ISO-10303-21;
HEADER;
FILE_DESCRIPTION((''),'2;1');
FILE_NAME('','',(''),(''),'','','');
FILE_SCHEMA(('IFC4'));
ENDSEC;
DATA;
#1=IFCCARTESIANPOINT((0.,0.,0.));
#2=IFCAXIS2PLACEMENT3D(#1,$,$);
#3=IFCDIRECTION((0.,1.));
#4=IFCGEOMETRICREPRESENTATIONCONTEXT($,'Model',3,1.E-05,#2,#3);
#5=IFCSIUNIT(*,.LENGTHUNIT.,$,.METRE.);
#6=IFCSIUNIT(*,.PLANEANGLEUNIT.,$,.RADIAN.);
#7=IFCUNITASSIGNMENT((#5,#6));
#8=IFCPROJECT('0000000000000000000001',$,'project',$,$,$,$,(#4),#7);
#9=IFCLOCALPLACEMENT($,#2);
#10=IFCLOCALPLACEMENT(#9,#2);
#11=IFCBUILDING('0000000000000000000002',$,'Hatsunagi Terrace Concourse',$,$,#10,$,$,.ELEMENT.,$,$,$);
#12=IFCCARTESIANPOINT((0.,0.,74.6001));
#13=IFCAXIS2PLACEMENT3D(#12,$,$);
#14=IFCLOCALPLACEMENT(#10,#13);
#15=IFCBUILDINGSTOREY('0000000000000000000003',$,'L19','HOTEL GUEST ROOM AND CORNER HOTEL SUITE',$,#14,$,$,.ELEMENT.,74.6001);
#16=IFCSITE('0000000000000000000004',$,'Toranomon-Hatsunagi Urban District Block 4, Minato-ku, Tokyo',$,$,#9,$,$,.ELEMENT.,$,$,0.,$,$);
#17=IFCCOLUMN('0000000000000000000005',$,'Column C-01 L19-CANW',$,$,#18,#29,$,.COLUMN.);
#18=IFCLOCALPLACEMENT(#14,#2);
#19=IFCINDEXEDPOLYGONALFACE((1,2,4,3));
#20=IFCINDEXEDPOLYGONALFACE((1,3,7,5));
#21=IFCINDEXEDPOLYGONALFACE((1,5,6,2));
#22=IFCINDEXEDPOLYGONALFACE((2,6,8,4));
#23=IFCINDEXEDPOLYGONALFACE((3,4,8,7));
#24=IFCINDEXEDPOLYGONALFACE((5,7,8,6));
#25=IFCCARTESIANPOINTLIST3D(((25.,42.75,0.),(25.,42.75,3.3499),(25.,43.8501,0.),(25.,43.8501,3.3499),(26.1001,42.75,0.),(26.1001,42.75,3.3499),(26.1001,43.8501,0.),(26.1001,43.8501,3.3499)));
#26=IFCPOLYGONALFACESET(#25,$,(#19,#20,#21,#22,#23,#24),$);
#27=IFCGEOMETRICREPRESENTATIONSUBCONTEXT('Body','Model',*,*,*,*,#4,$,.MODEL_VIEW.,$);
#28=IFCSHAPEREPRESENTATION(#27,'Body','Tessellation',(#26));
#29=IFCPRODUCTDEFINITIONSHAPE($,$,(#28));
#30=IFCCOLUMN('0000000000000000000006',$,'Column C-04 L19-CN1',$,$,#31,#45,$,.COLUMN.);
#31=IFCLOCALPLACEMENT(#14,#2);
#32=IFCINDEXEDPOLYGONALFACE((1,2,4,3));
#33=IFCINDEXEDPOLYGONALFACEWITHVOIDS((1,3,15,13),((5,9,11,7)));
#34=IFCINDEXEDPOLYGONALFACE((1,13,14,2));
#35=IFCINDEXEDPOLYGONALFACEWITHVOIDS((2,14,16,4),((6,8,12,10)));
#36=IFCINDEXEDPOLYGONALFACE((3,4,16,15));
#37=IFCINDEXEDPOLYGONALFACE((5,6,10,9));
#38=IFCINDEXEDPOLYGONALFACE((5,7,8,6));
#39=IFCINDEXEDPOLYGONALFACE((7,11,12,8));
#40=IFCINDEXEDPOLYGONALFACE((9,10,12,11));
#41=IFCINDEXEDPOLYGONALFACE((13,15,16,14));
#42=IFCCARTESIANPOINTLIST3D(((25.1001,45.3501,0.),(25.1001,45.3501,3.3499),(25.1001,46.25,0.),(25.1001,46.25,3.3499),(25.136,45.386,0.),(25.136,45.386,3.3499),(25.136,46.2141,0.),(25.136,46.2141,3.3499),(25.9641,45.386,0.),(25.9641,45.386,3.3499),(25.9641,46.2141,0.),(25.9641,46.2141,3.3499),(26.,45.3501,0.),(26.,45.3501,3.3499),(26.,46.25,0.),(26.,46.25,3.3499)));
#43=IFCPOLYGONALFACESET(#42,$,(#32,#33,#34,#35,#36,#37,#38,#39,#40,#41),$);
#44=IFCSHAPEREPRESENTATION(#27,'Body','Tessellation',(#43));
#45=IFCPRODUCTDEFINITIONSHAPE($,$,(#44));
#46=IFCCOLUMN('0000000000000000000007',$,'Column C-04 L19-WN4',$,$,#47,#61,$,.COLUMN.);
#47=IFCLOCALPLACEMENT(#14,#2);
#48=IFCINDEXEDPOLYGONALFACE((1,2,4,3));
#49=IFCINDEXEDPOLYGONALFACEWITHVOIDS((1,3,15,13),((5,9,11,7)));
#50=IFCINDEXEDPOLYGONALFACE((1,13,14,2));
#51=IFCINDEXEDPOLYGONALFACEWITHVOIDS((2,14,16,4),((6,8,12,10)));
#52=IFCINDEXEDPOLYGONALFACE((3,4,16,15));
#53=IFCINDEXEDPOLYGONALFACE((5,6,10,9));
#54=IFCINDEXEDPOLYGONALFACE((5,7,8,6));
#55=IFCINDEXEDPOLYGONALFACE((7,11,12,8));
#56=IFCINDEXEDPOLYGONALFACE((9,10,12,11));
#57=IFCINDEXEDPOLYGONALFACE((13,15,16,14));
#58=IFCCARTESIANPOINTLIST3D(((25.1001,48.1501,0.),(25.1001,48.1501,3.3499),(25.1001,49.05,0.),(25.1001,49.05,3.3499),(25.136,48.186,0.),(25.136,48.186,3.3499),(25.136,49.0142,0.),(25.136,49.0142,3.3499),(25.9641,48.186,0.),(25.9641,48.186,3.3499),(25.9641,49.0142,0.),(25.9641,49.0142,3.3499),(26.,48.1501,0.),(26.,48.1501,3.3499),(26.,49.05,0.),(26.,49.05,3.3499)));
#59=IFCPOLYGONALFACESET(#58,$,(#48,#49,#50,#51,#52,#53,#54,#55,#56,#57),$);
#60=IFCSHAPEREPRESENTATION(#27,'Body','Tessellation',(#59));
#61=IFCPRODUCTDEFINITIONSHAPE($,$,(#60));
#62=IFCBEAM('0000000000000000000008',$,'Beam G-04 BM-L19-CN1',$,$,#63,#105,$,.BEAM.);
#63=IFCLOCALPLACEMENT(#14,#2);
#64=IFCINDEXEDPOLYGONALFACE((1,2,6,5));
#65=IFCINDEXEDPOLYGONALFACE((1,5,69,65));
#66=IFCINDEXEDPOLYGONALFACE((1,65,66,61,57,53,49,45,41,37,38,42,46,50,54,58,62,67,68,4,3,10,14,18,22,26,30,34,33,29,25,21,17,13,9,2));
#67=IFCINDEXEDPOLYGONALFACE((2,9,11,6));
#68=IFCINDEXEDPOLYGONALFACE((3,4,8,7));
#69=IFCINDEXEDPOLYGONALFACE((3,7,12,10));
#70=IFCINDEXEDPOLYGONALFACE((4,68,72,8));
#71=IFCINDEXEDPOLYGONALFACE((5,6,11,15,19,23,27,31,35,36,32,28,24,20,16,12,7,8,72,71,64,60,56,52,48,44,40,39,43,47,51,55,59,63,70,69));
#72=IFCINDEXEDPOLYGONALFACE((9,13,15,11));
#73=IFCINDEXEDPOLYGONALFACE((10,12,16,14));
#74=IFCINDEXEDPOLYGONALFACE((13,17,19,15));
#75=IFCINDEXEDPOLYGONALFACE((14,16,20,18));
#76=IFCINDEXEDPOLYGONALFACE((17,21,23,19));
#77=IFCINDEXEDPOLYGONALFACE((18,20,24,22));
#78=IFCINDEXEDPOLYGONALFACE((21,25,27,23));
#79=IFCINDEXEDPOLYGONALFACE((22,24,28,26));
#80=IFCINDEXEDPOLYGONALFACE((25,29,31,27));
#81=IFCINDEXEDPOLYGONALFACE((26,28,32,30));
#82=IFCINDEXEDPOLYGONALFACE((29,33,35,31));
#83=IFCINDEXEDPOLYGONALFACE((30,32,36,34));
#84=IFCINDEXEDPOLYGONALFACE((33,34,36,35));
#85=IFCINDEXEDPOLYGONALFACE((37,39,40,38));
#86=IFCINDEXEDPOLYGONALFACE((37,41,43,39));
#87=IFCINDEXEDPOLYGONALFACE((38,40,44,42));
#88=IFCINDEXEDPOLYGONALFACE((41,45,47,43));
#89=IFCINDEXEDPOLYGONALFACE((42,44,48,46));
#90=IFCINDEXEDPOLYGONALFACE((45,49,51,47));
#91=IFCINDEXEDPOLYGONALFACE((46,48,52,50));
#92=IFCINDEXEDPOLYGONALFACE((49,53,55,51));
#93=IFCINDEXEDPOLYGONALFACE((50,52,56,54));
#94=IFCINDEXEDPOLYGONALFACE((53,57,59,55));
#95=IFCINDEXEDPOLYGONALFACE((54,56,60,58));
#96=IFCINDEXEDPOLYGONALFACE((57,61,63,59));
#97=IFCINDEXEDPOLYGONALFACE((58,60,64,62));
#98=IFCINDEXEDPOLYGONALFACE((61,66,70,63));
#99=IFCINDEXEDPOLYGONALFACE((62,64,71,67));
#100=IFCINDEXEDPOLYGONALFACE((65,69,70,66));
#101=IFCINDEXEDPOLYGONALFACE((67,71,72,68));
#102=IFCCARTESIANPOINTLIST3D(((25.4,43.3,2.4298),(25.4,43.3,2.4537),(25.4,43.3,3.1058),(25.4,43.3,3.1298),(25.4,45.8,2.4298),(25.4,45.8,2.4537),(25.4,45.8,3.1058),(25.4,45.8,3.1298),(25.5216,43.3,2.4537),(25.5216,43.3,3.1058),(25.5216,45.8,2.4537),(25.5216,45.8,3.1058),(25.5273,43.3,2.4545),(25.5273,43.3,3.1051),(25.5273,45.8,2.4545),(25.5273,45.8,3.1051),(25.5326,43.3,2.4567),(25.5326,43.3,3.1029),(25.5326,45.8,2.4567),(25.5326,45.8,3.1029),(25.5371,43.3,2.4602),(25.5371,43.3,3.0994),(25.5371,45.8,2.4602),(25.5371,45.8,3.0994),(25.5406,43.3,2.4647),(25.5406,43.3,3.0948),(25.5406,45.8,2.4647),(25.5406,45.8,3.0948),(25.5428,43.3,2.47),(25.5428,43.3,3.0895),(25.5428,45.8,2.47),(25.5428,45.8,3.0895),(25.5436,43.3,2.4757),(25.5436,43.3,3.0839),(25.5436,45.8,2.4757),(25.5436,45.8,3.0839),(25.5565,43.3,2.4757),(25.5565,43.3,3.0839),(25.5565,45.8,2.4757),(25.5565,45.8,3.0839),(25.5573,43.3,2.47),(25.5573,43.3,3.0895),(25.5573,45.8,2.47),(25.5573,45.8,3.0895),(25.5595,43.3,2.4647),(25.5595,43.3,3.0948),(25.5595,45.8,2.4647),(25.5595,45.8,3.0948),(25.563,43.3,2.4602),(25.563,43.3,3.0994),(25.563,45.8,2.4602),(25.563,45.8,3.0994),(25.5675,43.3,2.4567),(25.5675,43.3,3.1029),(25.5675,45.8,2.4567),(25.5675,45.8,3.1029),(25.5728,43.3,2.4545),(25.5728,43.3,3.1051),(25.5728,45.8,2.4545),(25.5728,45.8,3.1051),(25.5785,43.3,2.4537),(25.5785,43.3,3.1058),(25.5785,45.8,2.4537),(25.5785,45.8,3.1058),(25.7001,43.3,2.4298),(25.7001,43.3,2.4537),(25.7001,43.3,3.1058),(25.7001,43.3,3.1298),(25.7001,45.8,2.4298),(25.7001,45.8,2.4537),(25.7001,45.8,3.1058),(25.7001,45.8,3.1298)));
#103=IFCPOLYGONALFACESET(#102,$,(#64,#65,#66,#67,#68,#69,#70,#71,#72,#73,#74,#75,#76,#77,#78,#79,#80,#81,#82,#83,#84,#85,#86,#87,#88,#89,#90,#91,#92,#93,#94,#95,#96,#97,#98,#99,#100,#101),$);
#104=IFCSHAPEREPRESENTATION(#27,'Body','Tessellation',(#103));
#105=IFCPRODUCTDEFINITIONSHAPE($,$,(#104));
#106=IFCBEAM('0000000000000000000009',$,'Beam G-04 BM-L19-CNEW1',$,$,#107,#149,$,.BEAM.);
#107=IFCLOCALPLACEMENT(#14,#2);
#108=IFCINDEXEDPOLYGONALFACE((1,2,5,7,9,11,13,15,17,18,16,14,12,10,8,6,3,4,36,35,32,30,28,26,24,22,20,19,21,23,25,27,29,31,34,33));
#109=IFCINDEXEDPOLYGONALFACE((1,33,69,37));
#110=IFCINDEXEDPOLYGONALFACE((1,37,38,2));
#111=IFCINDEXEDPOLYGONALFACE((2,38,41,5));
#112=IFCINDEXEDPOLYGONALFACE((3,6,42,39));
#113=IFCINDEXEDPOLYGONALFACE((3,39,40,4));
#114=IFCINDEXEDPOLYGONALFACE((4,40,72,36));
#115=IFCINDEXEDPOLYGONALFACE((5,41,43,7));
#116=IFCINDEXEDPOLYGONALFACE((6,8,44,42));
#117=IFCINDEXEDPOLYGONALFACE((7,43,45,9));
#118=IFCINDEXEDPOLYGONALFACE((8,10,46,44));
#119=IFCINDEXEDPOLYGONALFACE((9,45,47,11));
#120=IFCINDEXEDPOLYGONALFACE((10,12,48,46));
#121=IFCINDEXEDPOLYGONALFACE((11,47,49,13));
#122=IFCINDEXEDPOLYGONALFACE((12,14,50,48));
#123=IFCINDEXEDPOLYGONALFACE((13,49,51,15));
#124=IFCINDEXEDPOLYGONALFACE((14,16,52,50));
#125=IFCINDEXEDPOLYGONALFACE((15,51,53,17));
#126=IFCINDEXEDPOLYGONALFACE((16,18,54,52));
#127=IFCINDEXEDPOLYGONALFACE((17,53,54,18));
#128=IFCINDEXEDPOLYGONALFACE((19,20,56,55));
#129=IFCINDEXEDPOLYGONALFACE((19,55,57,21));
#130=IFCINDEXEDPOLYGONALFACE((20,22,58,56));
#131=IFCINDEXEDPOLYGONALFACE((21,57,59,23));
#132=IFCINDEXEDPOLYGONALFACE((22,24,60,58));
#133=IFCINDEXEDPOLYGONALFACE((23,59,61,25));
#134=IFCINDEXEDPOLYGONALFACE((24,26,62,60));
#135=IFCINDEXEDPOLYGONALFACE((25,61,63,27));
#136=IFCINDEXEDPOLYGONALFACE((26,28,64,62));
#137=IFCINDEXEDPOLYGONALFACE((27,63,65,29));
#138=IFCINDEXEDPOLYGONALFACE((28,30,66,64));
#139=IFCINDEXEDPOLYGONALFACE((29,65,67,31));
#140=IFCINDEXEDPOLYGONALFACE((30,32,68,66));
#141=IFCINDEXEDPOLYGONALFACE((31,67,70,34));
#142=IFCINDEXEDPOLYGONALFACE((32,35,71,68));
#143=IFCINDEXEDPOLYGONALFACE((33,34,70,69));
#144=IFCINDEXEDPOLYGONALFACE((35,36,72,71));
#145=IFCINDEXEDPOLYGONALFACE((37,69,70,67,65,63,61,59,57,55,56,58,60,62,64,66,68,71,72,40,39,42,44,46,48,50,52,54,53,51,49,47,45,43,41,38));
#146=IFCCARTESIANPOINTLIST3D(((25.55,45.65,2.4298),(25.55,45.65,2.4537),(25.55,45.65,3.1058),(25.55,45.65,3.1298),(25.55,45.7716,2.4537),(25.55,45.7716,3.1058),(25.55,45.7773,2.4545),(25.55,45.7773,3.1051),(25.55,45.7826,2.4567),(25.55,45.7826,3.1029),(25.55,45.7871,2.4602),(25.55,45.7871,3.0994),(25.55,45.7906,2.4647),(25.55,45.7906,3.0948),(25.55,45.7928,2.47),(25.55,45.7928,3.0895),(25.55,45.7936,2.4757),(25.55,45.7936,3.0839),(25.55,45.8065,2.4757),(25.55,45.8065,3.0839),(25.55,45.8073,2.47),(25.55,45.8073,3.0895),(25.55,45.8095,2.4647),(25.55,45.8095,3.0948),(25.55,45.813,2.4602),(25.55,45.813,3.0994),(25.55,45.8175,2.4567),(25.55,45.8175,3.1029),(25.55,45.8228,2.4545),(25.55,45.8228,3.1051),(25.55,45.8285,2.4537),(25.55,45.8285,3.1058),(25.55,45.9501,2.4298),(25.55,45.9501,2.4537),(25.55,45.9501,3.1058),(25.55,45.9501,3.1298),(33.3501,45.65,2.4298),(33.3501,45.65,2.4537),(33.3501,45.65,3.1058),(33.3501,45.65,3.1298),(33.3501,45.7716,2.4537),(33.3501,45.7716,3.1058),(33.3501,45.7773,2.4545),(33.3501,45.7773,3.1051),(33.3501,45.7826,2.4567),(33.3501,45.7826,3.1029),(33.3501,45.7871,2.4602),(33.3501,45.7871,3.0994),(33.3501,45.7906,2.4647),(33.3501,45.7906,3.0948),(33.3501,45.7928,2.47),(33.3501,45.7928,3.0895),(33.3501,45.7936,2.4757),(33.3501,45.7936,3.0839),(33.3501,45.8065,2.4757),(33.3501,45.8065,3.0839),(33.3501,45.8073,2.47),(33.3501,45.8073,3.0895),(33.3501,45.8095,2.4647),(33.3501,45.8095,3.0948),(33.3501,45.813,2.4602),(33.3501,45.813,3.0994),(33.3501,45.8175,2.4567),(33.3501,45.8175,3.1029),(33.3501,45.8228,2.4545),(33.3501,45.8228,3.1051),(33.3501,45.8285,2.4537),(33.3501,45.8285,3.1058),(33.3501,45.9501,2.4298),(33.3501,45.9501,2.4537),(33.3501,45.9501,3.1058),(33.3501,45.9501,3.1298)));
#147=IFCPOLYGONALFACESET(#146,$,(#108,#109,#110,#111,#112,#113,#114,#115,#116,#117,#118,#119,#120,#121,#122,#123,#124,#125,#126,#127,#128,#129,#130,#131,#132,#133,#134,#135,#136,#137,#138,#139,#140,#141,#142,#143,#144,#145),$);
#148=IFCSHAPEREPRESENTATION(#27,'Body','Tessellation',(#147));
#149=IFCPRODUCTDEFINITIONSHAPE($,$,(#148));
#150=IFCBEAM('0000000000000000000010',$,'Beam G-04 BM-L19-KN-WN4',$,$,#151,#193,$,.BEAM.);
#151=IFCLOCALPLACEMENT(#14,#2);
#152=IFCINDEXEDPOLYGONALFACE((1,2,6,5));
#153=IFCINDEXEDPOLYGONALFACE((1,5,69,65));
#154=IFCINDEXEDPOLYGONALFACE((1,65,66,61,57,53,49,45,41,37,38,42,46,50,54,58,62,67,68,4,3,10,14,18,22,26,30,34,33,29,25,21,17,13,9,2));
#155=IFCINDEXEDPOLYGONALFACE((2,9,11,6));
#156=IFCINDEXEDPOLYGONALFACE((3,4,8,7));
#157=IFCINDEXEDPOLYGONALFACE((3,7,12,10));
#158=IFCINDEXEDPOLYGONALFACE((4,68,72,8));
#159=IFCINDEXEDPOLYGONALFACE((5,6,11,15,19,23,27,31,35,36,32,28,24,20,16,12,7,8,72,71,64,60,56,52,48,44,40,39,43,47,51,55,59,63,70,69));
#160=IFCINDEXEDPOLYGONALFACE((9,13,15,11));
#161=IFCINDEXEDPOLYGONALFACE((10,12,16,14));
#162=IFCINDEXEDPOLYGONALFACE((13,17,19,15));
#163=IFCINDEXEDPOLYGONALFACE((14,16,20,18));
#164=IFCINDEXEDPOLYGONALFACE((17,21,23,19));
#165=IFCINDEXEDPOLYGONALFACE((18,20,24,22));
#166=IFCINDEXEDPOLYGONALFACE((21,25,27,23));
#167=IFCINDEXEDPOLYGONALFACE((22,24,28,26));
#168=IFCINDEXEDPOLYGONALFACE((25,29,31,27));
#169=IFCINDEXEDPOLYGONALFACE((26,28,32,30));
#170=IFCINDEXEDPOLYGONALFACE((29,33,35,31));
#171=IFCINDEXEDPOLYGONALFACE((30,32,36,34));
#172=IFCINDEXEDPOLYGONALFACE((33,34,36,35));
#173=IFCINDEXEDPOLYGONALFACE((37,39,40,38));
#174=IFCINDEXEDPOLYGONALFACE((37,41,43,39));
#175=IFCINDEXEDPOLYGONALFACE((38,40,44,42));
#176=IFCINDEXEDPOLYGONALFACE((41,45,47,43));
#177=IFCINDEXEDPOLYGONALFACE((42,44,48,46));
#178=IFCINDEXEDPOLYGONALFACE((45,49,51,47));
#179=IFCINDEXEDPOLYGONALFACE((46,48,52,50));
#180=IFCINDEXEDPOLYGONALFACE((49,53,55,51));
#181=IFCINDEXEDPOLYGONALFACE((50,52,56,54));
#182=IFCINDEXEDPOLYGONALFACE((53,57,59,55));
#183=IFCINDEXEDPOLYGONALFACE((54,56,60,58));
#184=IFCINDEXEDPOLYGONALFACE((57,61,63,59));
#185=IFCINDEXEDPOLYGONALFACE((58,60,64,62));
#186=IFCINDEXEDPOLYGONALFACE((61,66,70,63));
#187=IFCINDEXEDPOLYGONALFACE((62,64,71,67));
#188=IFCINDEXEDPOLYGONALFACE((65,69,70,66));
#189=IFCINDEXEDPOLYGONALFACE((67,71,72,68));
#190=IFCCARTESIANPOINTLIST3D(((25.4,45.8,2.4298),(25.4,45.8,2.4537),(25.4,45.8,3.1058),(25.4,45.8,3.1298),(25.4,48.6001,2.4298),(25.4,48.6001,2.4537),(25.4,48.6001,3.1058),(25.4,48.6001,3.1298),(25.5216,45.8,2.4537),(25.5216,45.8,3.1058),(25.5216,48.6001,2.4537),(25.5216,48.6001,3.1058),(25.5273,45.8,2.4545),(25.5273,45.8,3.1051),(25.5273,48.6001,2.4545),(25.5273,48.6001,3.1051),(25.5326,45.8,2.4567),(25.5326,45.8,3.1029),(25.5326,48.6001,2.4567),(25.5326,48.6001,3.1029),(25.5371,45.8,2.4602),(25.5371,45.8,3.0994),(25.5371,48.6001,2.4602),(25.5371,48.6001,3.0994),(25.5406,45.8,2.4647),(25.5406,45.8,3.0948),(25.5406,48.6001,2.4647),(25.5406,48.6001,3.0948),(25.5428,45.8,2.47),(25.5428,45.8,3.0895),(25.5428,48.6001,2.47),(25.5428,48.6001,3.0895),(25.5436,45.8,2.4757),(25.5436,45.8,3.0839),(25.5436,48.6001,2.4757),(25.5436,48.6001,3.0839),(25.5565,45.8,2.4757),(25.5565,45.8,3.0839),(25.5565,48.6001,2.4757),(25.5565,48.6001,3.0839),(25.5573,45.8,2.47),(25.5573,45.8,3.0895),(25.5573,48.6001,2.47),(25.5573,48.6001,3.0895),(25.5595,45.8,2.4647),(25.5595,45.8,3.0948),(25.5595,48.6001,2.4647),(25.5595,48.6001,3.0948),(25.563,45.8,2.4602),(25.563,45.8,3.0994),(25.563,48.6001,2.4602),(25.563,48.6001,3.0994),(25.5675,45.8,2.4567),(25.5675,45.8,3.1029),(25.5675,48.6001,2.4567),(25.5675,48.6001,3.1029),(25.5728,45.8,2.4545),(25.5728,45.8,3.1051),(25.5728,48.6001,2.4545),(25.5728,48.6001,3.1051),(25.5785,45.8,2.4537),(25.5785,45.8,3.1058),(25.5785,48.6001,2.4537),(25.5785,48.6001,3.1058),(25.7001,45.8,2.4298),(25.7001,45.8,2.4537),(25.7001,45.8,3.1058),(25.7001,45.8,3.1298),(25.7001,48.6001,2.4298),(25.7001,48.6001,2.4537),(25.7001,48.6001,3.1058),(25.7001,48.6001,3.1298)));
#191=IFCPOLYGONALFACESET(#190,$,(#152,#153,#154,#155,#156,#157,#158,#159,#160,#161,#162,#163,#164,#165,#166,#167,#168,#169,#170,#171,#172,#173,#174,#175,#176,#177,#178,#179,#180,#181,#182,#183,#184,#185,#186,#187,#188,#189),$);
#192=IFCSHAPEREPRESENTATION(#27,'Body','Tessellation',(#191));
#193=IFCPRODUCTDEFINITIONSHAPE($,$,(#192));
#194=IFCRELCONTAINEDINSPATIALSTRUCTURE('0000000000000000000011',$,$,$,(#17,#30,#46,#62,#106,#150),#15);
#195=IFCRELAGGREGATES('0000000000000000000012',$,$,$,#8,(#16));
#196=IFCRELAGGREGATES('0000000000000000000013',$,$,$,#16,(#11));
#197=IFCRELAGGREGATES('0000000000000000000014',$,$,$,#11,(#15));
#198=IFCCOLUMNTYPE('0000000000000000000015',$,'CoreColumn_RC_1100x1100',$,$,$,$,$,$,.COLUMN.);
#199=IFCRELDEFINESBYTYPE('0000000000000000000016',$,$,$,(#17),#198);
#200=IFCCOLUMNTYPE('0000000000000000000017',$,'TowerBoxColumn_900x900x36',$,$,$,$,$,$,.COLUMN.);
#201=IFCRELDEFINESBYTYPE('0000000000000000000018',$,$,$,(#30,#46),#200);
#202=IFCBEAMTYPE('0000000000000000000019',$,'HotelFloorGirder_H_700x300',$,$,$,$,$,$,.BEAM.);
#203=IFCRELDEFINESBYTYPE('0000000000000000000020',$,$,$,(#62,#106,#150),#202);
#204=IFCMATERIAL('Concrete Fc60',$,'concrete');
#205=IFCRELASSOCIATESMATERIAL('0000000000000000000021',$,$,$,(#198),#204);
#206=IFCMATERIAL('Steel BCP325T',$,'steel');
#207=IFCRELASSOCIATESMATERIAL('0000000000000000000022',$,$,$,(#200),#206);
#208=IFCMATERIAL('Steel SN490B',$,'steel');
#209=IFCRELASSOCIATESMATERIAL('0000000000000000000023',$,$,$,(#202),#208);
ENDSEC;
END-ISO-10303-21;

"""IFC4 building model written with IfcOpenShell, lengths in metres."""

from ifc_helpers import new_model, si_unit, direction, frame, origin, origin_2d, place, context, subcontext, project, spatial, rectangle, hollow_rectangle, i_section, extrude, material, material_profile, profile_set, type_object, element, save


model = new_model("IFC4")

# Units and contexts
model_context = context("Model", 3, precision=1e-05, world=origin(), true_north=direction((0.0, 1.0)))
body_context = subcontext(model_context, "Body", "Model", "MODEL_VIEW")
ifc_project = project(units=[si_unit("LENGTHUNIT", "METRE"), si_unit("PLANEANGLEUNIT", "RADIAN")], contexts=[model_context])

# Site, building, storey
site_placement = place(None, origin())
site = spatial("IfcSite", under=ifc_project, at=site_placement, Name="Toranomon-Hatsunagi Urban District Block 4, Minato-ku, Tokyo", CompositionType="ELEMENT", RefElevation=0.0)
building_placement = place(site_placement, origin())
building = spatial("IfcBuilding", under=site, at=building_placement, Name="Hatsunagi Terrace Concourse", CompositionType="ELEMENT")
storey_placement = place(building_placement, frame((0.0, 0.0, 74.6001)))
storey = spatial("IfcBuildingStorey", under=building, at=storey_placement, Name="L19", Description="HOTEL GUEST ROOM AND CORNER HOTEL SUITE", CompositionType="ELEMENT", Elevation=74.6001)

# Columns
ifc_material_1 = material(Name="Concrete Fc60", Category="concrete")
ifc_material_profile_1 = material_profile(ifc_material_1, rectangle(XDim=1.1001, YDim=1.1001, at=origin_2d()), Name="RC-1100x1100")
ifc_profile_set_1 = profile_set([ifc_material_profile_1], Name="Concrete Fc60")
column_type_1 = type_object("IfcColumnType", Name="CoreColumn_RC_1100x1100", PredefinedType="COLUMN", material=ifc_profile_set_1)
column_placement = place(storey_placement, frame((25.55, 43.3, 0.0), z_axis=(0.0, 0.0, 1.0), x_axis=(1.0, 0.0, 0.0)))
element("IfcColumn", 1, at=column_placement, inside=storey, type_object=column_type_1, Name="Column C-01 L19-CANW", PredefinedType="COLUMN", context=body_context, shape_type="SweptSolid", body=[
    extrude(rectangle(XDim=1.1001, YDim=1.1001, at=origin_2d()), origin(), (0.0, 0.0, 1.0), 3.3499),
])
ifc_material_2 = material(Name="Steel BCP325T", Category="steel")
ifc_material_profile_2 = material_profile(ifc_material_2, hollow_rectangle(XDim=0.8999, YDim=0.8999, WallThickness=0.0359, at=origin_2d()), Name="BCP-900x900x36")
ifc_profile_set_2 = profile_set([ifc_material_profile_2], Name="Steel BCP325T")
column_type_2 = type_object("IfcColumnType", Name="TowerBoxColumn_900x900x36", PredefinedType="COLUMN", material=ifc_profile_set_2)
for number, where, z_axis, x_axis, name in (
    (2, (25.55, 45.8, 0.0), (0.0, 0.0, 1.0), (1.0, 0.0, 0.0), "Column C-04 L19-CN1"),
    (3, (25.55, 48.6001, 0.0), (0.0, 0.0, 1.0), (1.0, 0.0, 0.0), "Column C-04 L19-WN4"),
):
    element("IfcColumn", number, at=place(storey_placement, frame(where, z_axis=z_axis, x_axis=x_axis)), inside=storey, type_object=column_type_2, Name=name, PredefinedType="COLUMN", context=body_context, shape_type="SweptSolid", body=[
        extrude(hollow_rectangle(XDim=0.8999, YDim=0.8999, WallThickness=0.0359, at=origin_2d()), origin(), (0.0, 0.0, 1.0), 3.3499),
    ])

# Beams
ifc_material_3 = material(Name="Steel SN490B", Category="steel")
ifc_material_profile_3 = material_profile(ifc_material_3, i_section(OverallWidth=0.3, OverallDepth=0.7, WebThickness=0.0129, FlangeThickness=0.0239, FilletRadius=0.022, at=origin_2d()), Name="H-700x300x13x24")
ifc_profile_set_3 = profile_set([ifc_material_profile_3], Name="Steel SN490B")
beam_type_1 = type_object("IfcBeamType", Name="HotelFloorGirder_H_700x300", PredefinedType="BEAM", material=ifc_profile_set_3)
beam_1_placement = place(storey_placement, frame((25.55, 43.3, 2.7798), z_axis=(0.0, 1.0, 0.0), x_axis=(-1.0, 0.0, 0.0)))
element("IfcBeam", 4, at=beam_1_placement, inside=storey, type_object=beam_type_1, Name="Beam G-04 BM-L19-CN1", PredefinedType="BEAM", context=body_context, shape_type="SweptSolid", body=[
    extrude(i_section(OverallWidth=0.3, OverallDepth=0.7, WebThickness=0.0129, FlangeThickness=0.0239, FilletRadius=0.022, at=origin_2d()), origin(), (0.0, 0.0, 1.0), 2.5),
])
beam_2_placement = place(storey_placement, frame((25.55, 45.8, 2.7798), z_axis=(1.0, 0.0, 0.0), x_axis=(0.0, 1.0, 0.0)))
element("IfcBeam", 5, at=beam_2_placement, inside=storey, type_object=beam_type_1, Name="Beam G-04 BM-L19-CNEW1", PredefinedType="BEAM", context=body_context, shape_type="SweptSolid", body=[
    extrude(i_section(OverallWidth=0.3, OverallDepth=0.7, WebThickness=0.0129, FlangeThickness=0.0239, FilletRadius=0.022, at=origin_2d()), origin(), (0.0, 0.0, 1.0), 7.8),
])
beam_3_placement = place(storey_placement, frame((25.55, 45.8, 2.7798), z_axis=(0.0, 1.0, 0.0), x_axis=(-1.0, 0.0, 0.0)))
element("IfcBeam", 6, at=beam_3_placement, inside=storey, type_object=beam_type_1, Name="Beam G-04 BM-L19-KN-WN4", PredefinedType="BEAM", context=body_context, shape_type="SweptSolid", body=[
    extrude(i_section(OverallWidth=0.3, OverallDepth=0.7, WebThickness=0.0129, FlangeThickness=0.0239, FilletRadius=0.022, at=origin_2d()), origin(), (0.0, 0.0, 1.0), 2.8),
])

save(model, "model.ifc")
